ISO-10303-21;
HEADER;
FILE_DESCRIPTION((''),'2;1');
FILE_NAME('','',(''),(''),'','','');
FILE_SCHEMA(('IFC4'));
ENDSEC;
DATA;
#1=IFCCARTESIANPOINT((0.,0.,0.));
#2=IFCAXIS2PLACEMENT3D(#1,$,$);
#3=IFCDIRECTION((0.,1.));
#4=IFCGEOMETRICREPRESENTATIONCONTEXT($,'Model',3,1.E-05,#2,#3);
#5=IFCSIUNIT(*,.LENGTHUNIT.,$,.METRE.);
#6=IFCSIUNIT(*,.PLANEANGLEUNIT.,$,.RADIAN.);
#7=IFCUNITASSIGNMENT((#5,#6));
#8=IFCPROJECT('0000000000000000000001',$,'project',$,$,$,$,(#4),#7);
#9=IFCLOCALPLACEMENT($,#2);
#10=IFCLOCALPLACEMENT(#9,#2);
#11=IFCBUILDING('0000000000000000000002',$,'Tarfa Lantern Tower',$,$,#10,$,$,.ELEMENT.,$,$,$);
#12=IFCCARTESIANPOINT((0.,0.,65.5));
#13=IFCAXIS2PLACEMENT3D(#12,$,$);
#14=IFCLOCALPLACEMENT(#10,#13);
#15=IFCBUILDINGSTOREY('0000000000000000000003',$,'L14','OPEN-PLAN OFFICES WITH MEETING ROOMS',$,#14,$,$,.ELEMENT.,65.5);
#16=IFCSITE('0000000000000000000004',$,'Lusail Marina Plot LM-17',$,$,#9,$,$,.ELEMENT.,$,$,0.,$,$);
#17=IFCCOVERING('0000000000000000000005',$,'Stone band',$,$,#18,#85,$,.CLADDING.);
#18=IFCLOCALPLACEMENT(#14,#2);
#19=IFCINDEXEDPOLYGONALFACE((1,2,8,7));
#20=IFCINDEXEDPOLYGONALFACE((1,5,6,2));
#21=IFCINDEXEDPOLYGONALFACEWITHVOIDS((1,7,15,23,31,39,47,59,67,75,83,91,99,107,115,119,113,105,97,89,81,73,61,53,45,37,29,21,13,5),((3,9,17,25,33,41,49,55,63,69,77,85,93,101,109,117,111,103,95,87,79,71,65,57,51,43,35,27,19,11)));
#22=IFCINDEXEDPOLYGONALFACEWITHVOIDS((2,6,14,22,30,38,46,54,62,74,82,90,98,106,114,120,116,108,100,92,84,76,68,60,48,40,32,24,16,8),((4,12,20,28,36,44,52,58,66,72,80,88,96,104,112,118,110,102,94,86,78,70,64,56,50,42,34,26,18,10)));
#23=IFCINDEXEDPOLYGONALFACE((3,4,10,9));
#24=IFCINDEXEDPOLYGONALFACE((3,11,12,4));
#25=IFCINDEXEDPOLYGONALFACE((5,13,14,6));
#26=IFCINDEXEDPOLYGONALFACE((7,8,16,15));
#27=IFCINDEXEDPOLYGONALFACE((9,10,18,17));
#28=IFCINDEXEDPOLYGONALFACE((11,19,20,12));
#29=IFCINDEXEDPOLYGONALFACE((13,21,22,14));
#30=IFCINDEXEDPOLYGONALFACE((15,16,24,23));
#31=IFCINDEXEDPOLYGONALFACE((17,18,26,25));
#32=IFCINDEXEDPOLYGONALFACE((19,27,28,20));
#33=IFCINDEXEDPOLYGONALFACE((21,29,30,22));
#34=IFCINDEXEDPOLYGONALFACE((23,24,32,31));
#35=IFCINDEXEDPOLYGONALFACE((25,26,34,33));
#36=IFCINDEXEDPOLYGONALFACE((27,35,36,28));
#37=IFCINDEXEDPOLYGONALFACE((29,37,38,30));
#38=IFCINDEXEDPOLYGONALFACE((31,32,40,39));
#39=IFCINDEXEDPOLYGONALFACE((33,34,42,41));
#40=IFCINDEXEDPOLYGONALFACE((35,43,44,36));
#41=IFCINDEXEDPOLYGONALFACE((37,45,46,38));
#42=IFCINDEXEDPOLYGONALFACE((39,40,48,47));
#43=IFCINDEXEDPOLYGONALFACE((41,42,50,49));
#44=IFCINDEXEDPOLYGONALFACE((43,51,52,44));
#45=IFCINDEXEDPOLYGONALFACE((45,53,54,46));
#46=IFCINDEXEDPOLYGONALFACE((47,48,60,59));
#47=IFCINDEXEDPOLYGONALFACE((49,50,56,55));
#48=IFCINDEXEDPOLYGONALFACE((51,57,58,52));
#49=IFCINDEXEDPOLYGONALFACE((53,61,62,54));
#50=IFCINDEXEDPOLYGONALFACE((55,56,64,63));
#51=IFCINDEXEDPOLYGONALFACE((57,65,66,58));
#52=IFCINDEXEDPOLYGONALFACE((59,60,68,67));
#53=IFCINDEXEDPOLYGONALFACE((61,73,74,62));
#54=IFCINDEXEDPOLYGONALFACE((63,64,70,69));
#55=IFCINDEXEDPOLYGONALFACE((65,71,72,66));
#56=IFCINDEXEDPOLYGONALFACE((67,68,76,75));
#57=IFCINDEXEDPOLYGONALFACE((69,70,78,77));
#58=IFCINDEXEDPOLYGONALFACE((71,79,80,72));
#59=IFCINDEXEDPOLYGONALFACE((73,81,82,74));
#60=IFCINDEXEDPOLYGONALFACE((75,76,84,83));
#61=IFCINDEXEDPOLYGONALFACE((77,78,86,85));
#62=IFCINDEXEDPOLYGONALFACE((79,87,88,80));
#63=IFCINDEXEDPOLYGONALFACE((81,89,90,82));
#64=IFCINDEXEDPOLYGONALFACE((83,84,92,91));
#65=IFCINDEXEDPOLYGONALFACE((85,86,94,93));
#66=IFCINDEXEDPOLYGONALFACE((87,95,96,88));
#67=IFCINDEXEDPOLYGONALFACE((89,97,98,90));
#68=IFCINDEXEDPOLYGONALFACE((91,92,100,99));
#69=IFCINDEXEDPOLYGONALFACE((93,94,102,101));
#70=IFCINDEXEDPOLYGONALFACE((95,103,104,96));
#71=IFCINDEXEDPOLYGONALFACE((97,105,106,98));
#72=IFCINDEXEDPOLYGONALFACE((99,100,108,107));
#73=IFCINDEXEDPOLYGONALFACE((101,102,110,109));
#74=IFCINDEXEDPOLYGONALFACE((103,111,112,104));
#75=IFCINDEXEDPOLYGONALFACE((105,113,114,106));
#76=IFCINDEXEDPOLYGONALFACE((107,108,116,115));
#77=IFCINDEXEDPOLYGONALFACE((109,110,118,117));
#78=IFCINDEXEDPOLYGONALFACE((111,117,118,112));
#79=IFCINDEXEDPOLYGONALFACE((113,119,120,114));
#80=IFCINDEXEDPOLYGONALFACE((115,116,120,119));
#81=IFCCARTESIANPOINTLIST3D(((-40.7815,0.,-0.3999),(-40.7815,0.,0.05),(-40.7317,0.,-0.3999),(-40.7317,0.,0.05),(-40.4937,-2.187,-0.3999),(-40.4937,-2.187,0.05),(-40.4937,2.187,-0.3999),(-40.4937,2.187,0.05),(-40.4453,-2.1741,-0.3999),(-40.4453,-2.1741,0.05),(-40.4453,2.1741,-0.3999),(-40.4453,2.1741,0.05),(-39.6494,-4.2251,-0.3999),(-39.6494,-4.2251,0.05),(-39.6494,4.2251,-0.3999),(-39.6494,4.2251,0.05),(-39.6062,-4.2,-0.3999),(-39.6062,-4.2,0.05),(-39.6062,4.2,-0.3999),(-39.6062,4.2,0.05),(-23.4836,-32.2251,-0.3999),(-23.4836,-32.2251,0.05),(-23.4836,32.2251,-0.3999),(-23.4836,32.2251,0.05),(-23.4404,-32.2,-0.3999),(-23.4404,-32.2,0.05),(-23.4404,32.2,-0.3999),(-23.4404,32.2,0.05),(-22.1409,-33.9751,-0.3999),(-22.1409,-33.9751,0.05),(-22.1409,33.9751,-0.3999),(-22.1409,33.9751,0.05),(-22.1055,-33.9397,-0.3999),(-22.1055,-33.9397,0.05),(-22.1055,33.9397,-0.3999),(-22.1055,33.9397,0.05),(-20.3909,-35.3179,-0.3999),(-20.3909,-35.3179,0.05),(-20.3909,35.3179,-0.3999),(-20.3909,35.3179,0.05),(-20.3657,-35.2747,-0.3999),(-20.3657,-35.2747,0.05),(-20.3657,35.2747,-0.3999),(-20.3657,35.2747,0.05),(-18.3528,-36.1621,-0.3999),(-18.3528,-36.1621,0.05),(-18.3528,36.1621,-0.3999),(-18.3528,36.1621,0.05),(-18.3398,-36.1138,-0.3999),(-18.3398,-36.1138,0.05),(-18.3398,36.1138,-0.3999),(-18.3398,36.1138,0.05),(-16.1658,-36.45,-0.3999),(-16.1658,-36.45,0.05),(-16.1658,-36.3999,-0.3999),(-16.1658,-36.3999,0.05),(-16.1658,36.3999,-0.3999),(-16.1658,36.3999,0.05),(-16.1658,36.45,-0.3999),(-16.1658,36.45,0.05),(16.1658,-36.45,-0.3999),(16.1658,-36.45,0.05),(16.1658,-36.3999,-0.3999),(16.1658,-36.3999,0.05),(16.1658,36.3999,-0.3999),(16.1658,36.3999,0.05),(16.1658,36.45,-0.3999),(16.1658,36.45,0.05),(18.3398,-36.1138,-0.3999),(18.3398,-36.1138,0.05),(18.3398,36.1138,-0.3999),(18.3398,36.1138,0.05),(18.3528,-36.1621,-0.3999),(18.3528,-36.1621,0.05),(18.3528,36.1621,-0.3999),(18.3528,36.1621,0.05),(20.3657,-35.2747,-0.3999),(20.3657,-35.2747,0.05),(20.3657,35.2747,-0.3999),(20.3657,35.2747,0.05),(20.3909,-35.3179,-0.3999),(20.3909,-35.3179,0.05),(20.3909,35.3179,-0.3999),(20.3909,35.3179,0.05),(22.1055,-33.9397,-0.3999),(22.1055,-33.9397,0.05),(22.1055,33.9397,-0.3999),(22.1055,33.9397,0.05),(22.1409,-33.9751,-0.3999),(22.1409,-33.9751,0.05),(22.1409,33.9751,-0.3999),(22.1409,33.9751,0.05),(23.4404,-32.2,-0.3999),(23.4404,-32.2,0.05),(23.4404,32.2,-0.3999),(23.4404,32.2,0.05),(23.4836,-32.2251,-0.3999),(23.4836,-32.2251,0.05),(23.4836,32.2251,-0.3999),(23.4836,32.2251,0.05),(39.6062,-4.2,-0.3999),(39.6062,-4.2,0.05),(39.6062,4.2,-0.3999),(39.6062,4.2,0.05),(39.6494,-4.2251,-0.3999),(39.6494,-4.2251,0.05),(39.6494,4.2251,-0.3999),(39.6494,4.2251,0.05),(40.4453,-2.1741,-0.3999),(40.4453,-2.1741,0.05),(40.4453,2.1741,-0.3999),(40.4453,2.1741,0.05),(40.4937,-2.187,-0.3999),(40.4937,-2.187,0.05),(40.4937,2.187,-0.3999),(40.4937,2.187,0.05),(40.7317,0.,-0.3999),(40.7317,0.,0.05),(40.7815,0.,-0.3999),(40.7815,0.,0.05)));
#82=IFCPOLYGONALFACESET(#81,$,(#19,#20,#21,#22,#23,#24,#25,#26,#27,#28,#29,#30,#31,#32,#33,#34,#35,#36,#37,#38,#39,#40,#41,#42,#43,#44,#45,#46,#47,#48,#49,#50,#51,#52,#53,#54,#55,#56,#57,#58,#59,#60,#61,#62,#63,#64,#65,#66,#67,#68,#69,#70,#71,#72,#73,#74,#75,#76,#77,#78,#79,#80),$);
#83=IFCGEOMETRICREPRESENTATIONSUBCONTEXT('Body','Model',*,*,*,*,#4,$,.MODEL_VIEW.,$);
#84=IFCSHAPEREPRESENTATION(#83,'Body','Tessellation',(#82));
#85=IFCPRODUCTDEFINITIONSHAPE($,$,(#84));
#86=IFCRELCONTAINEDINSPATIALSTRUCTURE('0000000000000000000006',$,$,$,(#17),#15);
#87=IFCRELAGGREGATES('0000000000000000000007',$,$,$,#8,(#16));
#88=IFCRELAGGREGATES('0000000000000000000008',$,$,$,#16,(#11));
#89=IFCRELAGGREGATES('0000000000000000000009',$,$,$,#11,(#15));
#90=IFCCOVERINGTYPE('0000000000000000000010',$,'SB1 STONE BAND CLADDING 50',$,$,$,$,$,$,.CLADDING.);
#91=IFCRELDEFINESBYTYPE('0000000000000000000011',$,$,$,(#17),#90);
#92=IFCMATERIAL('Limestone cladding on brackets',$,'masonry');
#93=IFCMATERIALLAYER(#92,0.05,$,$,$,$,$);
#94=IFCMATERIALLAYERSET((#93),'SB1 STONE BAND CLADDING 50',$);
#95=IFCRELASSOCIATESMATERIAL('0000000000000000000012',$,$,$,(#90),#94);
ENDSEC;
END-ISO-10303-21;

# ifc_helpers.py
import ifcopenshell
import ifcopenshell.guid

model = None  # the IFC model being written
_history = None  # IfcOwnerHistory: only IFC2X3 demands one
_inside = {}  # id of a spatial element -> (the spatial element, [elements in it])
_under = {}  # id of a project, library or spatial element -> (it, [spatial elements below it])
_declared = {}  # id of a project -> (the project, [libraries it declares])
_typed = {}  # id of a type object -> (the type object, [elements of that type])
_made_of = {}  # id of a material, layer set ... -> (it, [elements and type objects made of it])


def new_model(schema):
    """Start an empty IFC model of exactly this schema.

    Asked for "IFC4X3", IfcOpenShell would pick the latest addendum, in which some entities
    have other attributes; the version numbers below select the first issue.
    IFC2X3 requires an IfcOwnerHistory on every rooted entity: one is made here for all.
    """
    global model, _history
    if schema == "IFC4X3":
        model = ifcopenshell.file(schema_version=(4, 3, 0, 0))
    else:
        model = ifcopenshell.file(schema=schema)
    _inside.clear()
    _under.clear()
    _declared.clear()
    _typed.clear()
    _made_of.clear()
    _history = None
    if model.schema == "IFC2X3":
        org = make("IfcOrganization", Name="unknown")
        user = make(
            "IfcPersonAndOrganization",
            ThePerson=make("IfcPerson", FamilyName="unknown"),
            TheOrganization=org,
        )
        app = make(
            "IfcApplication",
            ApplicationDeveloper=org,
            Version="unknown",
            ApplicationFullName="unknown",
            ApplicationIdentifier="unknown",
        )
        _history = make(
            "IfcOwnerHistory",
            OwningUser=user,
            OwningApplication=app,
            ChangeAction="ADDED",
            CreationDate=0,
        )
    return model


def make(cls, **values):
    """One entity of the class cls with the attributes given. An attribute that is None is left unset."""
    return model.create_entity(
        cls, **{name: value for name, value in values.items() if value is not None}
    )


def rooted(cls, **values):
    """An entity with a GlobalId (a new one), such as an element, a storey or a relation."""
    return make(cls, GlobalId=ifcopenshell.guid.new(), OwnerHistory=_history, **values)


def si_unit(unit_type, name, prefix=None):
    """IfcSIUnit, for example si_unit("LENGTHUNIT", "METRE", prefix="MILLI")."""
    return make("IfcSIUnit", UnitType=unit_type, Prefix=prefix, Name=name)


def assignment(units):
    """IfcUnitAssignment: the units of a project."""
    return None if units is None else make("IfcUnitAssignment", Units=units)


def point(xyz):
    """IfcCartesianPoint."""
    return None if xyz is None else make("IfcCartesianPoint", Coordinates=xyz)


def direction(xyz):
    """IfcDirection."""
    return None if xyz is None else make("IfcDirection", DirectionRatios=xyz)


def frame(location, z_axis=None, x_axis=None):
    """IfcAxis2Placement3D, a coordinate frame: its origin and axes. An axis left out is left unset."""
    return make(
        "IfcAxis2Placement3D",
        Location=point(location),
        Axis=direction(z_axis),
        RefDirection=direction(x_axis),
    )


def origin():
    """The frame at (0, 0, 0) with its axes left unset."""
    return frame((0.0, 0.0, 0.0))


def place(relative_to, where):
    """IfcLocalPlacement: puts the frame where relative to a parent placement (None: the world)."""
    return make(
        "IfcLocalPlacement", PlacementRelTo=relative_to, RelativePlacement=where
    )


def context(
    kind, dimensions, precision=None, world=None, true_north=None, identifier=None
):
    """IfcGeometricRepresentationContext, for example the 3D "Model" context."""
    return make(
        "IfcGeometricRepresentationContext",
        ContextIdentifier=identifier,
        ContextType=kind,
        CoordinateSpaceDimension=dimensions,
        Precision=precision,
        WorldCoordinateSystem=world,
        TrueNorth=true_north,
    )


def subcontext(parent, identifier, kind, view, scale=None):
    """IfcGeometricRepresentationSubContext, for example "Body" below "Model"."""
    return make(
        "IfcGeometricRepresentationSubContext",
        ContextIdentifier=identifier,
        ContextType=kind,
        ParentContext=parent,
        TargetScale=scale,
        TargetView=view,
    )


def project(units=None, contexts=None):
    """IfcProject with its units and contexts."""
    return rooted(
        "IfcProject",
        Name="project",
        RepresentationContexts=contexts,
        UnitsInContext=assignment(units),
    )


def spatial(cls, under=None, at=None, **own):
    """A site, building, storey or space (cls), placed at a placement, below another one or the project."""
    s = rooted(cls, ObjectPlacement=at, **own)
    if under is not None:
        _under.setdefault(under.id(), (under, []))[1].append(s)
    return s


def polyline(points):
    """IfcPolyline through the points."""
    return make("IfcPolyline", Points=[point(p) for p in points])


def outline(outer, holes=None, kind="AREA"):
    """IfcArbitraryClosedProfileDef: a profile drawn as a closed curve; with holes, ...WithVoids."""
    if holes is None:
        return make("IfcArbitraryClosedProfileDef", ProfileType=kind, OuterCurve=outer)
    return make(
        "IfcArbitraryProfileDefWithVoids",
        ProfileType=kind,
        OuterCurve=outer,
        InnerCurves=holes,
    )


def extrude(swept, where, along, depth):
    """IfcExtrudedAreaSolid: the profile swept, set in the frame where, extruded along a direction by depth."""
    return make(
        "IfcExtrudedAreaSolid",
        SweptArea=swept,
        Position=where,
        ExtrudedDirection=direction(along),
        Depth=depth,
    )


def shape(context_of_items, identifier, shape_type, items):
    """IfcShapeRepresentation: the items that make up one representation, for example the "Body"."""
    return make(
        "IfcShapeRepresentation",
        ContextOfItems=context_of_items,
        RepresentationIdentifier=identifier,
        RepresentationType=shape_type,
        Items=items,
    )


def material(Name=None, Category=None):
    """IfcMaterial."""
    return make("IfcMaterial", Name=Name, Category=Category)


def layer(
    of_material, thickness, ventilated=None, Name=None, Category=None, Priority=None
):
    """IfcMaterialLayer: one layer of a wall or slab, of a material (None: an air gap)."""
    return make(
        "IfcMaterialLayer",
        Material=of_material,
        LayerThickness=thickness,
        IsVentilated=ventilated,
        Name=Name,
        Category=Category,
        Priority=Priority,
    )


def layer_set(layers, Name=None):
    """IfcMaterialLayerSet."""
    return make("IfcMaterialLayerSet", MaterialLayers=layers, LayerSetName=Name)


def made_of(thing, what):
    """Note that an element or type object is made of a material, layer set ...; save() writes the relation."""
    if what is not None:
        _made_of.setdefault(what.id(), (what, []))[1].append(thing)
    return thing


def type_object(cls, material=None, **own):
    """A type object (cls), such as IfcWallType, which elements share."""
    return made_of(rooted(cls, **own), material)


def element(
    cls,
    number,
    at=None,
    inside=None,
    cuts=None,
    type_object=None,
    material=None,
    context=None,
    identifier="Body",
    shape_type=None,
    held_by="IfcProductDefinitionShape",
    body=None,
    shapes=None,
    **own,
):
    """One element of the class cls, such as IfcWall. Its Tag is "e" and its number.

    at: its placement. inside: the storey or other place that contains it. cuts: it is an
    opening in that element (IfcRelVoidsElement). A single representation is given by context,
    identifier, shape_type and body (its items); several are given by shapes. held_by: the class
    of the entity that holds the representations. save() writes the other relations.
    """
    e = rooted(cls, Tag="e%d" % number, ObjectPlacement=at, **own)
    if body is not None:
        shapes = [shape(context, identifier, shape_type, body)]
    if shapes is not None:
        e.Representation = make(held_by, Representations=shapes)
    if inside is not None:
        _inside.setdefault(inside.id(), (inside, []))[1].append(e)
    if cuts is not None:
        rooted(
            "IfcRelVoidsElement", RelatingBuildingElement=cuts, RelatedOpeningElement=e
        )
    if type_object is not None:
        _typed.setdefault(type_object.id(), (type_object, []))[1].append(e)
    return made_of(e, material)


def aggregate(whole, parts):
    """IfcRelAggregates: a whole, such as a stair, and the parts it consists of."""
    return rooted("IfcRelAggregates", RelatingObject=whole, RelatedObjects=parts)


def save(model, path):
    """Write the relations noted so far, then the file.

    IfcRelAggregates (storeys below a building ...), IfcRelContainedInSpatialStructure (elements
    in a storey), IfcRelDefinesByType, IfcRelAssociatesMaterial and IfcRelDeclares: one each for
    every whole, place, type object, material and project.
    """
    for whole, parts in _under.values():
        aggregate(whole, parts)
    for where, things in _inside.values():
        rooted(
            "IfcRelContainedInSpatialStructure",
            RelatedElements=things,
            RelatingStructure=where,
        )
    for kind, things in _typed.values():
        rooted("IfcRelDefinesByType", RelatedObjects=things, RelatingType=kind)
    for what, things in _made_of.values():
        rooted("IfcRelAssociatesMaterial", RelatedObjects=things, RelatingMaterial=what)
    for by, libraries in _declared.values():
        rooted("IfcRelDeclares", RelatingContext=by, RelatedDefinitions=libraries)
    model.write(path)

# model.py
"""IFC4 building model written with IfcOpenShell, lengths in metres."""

from ifc_helpers import new_model, si_unit, direction, frame, origin, place, context, subcontext, project, spatial, polyline, outline, extrude, material, layer, layer_set, type_object, element, save


model = new_model("IFC4")

# Units and contexts
model_context = context("Model", 3, precision=1e-05, world=origin(), true_north=direction((0.0, 1.0)))
body_context = subcontext(model_context, "Body", "Model", "MODEL_VIEW")
ifc_project = project(units=[si_unit("LENGTHUNIT", "METRE"), si_unit("PLANEANGLEUNIT", "RADIAN")], contexts=[model_context])

# Site, building, storey
site_placement = place(None, origin())
site = spatial("IfcSite", under=ifc_project, at=site_placement, Name="Lusail Marina Plot LM-17", CompositionType="ELEMENT", RefElevation=0.0)
building_placement = place(site_placement, origin())
building = spatial("IfcBuilding", under=site, at=building_placement, Name="Tarfa Lantern Tower", CompositionType="ELEMENT")
storey_placement = place(building_placement, frame((0.0, 0.0, 65.5)))
storey = spatial("IfcBuildingStorey", under=building, at=storey_placement, Name="L14", Description="OPEN-PLAN OFFICES WITH MEETING ROOMS", CompositionType="ELEMENT", Elevation=65.5)

# Covering
ifc_material_1 = material(Name="Limestone cladding on brackets", Category="masonry")
ifc_layer_1 = layer(ifc_material_1, 0.05)
ifc_layer_set_1 = layer_set([ifc_layer_1], Name="SB1 STONE BAND CLADDING 50")
covering_type_1 = type_object("IfcCoveringType", Name="SB1 STONE BAND CLADDING 50", PredefinedType="CLADDING", material=ifc_layer_set_1)
covering_1_placement = place(storey_placement, frame((0.0, 0.0, -0.3999)))
element("IfcCovering", 1, at=covering_1_placement, inside=storey, type_object=covering_type_1, Name="Stone band", PredefinedType="CLADDING", context=body_context, shape_type="SweptSolid", body=[
    extrude(outline(polyline([(39.6494, 4.2251), (23.4836, 32.2251), (22.1409, 33.9751), (20.3909, 35.3179), (18.3528, 36.1621), (16.1658, 36.45), (-16.1658, 36.45), (-18.3528, 36.1621), (-20.3909, 35.3179), (-22.1409, 33.9751), (-23.4836, 32.2251), (-39.6494, 4.2251), (-40.4937, 2.187), (-40.7815, 0.0), (-40.4937, -2.187), (-39.6494, -4.2251), (-23.4836, -32.2251), (-22.1409, -33.9751), (-20.3909, -35.3179), (-18.3528, -36.1621), (-16.1658, -36.45), (16.1658, -36.45), (18.3528, -36.1621), (20.3909, -35.3179), (22.1409, -33.9751), (23.4836, -32.2251), (39.6494, -4.2251), (40.4937, -2.187), (40.7815, 0.0), (40.4937, 2.187), (39.6494, 4.2251)]), holes=[polyline([(39.6062, 4.2), (23.4404, 32.2), (22.1055, 33.9397), (20.3657, 35.2747), (18.3398, 36.1138), (16.1658, 36.3999), (-16.1658, 36.3999), (-18.3398, 36.1138), (-20.3657, 35.2747), (-22.1055, 33.9397), (-23.4404, 32.2), (-39.6062, 4.2), (-40.4453, 2.1741), (-40.7317, 0.0), (-40.4453, -2.1741), (-39.6062, -4.2), (-23.4404, -32.2), (-22.1055, -33.9397), (-20.3657, -35.2747), (-18.3398, -36.1138), (-16.1658, -36.3999), (16.1658, -36.3999), (18.3398, -36.1138), (20.3657, -35.2747), (22.1055, -33.9397), (23.4404, -32.2), (39.6062, -4.2), (40.4453, -2.1741), (40.7317, 0.0), (40.4453, 2.1741), (39.6062, 4.2)])]), origin(), (0.0, 0.0, 1.0), 0.45),
])

save(model, "model.ifc")
